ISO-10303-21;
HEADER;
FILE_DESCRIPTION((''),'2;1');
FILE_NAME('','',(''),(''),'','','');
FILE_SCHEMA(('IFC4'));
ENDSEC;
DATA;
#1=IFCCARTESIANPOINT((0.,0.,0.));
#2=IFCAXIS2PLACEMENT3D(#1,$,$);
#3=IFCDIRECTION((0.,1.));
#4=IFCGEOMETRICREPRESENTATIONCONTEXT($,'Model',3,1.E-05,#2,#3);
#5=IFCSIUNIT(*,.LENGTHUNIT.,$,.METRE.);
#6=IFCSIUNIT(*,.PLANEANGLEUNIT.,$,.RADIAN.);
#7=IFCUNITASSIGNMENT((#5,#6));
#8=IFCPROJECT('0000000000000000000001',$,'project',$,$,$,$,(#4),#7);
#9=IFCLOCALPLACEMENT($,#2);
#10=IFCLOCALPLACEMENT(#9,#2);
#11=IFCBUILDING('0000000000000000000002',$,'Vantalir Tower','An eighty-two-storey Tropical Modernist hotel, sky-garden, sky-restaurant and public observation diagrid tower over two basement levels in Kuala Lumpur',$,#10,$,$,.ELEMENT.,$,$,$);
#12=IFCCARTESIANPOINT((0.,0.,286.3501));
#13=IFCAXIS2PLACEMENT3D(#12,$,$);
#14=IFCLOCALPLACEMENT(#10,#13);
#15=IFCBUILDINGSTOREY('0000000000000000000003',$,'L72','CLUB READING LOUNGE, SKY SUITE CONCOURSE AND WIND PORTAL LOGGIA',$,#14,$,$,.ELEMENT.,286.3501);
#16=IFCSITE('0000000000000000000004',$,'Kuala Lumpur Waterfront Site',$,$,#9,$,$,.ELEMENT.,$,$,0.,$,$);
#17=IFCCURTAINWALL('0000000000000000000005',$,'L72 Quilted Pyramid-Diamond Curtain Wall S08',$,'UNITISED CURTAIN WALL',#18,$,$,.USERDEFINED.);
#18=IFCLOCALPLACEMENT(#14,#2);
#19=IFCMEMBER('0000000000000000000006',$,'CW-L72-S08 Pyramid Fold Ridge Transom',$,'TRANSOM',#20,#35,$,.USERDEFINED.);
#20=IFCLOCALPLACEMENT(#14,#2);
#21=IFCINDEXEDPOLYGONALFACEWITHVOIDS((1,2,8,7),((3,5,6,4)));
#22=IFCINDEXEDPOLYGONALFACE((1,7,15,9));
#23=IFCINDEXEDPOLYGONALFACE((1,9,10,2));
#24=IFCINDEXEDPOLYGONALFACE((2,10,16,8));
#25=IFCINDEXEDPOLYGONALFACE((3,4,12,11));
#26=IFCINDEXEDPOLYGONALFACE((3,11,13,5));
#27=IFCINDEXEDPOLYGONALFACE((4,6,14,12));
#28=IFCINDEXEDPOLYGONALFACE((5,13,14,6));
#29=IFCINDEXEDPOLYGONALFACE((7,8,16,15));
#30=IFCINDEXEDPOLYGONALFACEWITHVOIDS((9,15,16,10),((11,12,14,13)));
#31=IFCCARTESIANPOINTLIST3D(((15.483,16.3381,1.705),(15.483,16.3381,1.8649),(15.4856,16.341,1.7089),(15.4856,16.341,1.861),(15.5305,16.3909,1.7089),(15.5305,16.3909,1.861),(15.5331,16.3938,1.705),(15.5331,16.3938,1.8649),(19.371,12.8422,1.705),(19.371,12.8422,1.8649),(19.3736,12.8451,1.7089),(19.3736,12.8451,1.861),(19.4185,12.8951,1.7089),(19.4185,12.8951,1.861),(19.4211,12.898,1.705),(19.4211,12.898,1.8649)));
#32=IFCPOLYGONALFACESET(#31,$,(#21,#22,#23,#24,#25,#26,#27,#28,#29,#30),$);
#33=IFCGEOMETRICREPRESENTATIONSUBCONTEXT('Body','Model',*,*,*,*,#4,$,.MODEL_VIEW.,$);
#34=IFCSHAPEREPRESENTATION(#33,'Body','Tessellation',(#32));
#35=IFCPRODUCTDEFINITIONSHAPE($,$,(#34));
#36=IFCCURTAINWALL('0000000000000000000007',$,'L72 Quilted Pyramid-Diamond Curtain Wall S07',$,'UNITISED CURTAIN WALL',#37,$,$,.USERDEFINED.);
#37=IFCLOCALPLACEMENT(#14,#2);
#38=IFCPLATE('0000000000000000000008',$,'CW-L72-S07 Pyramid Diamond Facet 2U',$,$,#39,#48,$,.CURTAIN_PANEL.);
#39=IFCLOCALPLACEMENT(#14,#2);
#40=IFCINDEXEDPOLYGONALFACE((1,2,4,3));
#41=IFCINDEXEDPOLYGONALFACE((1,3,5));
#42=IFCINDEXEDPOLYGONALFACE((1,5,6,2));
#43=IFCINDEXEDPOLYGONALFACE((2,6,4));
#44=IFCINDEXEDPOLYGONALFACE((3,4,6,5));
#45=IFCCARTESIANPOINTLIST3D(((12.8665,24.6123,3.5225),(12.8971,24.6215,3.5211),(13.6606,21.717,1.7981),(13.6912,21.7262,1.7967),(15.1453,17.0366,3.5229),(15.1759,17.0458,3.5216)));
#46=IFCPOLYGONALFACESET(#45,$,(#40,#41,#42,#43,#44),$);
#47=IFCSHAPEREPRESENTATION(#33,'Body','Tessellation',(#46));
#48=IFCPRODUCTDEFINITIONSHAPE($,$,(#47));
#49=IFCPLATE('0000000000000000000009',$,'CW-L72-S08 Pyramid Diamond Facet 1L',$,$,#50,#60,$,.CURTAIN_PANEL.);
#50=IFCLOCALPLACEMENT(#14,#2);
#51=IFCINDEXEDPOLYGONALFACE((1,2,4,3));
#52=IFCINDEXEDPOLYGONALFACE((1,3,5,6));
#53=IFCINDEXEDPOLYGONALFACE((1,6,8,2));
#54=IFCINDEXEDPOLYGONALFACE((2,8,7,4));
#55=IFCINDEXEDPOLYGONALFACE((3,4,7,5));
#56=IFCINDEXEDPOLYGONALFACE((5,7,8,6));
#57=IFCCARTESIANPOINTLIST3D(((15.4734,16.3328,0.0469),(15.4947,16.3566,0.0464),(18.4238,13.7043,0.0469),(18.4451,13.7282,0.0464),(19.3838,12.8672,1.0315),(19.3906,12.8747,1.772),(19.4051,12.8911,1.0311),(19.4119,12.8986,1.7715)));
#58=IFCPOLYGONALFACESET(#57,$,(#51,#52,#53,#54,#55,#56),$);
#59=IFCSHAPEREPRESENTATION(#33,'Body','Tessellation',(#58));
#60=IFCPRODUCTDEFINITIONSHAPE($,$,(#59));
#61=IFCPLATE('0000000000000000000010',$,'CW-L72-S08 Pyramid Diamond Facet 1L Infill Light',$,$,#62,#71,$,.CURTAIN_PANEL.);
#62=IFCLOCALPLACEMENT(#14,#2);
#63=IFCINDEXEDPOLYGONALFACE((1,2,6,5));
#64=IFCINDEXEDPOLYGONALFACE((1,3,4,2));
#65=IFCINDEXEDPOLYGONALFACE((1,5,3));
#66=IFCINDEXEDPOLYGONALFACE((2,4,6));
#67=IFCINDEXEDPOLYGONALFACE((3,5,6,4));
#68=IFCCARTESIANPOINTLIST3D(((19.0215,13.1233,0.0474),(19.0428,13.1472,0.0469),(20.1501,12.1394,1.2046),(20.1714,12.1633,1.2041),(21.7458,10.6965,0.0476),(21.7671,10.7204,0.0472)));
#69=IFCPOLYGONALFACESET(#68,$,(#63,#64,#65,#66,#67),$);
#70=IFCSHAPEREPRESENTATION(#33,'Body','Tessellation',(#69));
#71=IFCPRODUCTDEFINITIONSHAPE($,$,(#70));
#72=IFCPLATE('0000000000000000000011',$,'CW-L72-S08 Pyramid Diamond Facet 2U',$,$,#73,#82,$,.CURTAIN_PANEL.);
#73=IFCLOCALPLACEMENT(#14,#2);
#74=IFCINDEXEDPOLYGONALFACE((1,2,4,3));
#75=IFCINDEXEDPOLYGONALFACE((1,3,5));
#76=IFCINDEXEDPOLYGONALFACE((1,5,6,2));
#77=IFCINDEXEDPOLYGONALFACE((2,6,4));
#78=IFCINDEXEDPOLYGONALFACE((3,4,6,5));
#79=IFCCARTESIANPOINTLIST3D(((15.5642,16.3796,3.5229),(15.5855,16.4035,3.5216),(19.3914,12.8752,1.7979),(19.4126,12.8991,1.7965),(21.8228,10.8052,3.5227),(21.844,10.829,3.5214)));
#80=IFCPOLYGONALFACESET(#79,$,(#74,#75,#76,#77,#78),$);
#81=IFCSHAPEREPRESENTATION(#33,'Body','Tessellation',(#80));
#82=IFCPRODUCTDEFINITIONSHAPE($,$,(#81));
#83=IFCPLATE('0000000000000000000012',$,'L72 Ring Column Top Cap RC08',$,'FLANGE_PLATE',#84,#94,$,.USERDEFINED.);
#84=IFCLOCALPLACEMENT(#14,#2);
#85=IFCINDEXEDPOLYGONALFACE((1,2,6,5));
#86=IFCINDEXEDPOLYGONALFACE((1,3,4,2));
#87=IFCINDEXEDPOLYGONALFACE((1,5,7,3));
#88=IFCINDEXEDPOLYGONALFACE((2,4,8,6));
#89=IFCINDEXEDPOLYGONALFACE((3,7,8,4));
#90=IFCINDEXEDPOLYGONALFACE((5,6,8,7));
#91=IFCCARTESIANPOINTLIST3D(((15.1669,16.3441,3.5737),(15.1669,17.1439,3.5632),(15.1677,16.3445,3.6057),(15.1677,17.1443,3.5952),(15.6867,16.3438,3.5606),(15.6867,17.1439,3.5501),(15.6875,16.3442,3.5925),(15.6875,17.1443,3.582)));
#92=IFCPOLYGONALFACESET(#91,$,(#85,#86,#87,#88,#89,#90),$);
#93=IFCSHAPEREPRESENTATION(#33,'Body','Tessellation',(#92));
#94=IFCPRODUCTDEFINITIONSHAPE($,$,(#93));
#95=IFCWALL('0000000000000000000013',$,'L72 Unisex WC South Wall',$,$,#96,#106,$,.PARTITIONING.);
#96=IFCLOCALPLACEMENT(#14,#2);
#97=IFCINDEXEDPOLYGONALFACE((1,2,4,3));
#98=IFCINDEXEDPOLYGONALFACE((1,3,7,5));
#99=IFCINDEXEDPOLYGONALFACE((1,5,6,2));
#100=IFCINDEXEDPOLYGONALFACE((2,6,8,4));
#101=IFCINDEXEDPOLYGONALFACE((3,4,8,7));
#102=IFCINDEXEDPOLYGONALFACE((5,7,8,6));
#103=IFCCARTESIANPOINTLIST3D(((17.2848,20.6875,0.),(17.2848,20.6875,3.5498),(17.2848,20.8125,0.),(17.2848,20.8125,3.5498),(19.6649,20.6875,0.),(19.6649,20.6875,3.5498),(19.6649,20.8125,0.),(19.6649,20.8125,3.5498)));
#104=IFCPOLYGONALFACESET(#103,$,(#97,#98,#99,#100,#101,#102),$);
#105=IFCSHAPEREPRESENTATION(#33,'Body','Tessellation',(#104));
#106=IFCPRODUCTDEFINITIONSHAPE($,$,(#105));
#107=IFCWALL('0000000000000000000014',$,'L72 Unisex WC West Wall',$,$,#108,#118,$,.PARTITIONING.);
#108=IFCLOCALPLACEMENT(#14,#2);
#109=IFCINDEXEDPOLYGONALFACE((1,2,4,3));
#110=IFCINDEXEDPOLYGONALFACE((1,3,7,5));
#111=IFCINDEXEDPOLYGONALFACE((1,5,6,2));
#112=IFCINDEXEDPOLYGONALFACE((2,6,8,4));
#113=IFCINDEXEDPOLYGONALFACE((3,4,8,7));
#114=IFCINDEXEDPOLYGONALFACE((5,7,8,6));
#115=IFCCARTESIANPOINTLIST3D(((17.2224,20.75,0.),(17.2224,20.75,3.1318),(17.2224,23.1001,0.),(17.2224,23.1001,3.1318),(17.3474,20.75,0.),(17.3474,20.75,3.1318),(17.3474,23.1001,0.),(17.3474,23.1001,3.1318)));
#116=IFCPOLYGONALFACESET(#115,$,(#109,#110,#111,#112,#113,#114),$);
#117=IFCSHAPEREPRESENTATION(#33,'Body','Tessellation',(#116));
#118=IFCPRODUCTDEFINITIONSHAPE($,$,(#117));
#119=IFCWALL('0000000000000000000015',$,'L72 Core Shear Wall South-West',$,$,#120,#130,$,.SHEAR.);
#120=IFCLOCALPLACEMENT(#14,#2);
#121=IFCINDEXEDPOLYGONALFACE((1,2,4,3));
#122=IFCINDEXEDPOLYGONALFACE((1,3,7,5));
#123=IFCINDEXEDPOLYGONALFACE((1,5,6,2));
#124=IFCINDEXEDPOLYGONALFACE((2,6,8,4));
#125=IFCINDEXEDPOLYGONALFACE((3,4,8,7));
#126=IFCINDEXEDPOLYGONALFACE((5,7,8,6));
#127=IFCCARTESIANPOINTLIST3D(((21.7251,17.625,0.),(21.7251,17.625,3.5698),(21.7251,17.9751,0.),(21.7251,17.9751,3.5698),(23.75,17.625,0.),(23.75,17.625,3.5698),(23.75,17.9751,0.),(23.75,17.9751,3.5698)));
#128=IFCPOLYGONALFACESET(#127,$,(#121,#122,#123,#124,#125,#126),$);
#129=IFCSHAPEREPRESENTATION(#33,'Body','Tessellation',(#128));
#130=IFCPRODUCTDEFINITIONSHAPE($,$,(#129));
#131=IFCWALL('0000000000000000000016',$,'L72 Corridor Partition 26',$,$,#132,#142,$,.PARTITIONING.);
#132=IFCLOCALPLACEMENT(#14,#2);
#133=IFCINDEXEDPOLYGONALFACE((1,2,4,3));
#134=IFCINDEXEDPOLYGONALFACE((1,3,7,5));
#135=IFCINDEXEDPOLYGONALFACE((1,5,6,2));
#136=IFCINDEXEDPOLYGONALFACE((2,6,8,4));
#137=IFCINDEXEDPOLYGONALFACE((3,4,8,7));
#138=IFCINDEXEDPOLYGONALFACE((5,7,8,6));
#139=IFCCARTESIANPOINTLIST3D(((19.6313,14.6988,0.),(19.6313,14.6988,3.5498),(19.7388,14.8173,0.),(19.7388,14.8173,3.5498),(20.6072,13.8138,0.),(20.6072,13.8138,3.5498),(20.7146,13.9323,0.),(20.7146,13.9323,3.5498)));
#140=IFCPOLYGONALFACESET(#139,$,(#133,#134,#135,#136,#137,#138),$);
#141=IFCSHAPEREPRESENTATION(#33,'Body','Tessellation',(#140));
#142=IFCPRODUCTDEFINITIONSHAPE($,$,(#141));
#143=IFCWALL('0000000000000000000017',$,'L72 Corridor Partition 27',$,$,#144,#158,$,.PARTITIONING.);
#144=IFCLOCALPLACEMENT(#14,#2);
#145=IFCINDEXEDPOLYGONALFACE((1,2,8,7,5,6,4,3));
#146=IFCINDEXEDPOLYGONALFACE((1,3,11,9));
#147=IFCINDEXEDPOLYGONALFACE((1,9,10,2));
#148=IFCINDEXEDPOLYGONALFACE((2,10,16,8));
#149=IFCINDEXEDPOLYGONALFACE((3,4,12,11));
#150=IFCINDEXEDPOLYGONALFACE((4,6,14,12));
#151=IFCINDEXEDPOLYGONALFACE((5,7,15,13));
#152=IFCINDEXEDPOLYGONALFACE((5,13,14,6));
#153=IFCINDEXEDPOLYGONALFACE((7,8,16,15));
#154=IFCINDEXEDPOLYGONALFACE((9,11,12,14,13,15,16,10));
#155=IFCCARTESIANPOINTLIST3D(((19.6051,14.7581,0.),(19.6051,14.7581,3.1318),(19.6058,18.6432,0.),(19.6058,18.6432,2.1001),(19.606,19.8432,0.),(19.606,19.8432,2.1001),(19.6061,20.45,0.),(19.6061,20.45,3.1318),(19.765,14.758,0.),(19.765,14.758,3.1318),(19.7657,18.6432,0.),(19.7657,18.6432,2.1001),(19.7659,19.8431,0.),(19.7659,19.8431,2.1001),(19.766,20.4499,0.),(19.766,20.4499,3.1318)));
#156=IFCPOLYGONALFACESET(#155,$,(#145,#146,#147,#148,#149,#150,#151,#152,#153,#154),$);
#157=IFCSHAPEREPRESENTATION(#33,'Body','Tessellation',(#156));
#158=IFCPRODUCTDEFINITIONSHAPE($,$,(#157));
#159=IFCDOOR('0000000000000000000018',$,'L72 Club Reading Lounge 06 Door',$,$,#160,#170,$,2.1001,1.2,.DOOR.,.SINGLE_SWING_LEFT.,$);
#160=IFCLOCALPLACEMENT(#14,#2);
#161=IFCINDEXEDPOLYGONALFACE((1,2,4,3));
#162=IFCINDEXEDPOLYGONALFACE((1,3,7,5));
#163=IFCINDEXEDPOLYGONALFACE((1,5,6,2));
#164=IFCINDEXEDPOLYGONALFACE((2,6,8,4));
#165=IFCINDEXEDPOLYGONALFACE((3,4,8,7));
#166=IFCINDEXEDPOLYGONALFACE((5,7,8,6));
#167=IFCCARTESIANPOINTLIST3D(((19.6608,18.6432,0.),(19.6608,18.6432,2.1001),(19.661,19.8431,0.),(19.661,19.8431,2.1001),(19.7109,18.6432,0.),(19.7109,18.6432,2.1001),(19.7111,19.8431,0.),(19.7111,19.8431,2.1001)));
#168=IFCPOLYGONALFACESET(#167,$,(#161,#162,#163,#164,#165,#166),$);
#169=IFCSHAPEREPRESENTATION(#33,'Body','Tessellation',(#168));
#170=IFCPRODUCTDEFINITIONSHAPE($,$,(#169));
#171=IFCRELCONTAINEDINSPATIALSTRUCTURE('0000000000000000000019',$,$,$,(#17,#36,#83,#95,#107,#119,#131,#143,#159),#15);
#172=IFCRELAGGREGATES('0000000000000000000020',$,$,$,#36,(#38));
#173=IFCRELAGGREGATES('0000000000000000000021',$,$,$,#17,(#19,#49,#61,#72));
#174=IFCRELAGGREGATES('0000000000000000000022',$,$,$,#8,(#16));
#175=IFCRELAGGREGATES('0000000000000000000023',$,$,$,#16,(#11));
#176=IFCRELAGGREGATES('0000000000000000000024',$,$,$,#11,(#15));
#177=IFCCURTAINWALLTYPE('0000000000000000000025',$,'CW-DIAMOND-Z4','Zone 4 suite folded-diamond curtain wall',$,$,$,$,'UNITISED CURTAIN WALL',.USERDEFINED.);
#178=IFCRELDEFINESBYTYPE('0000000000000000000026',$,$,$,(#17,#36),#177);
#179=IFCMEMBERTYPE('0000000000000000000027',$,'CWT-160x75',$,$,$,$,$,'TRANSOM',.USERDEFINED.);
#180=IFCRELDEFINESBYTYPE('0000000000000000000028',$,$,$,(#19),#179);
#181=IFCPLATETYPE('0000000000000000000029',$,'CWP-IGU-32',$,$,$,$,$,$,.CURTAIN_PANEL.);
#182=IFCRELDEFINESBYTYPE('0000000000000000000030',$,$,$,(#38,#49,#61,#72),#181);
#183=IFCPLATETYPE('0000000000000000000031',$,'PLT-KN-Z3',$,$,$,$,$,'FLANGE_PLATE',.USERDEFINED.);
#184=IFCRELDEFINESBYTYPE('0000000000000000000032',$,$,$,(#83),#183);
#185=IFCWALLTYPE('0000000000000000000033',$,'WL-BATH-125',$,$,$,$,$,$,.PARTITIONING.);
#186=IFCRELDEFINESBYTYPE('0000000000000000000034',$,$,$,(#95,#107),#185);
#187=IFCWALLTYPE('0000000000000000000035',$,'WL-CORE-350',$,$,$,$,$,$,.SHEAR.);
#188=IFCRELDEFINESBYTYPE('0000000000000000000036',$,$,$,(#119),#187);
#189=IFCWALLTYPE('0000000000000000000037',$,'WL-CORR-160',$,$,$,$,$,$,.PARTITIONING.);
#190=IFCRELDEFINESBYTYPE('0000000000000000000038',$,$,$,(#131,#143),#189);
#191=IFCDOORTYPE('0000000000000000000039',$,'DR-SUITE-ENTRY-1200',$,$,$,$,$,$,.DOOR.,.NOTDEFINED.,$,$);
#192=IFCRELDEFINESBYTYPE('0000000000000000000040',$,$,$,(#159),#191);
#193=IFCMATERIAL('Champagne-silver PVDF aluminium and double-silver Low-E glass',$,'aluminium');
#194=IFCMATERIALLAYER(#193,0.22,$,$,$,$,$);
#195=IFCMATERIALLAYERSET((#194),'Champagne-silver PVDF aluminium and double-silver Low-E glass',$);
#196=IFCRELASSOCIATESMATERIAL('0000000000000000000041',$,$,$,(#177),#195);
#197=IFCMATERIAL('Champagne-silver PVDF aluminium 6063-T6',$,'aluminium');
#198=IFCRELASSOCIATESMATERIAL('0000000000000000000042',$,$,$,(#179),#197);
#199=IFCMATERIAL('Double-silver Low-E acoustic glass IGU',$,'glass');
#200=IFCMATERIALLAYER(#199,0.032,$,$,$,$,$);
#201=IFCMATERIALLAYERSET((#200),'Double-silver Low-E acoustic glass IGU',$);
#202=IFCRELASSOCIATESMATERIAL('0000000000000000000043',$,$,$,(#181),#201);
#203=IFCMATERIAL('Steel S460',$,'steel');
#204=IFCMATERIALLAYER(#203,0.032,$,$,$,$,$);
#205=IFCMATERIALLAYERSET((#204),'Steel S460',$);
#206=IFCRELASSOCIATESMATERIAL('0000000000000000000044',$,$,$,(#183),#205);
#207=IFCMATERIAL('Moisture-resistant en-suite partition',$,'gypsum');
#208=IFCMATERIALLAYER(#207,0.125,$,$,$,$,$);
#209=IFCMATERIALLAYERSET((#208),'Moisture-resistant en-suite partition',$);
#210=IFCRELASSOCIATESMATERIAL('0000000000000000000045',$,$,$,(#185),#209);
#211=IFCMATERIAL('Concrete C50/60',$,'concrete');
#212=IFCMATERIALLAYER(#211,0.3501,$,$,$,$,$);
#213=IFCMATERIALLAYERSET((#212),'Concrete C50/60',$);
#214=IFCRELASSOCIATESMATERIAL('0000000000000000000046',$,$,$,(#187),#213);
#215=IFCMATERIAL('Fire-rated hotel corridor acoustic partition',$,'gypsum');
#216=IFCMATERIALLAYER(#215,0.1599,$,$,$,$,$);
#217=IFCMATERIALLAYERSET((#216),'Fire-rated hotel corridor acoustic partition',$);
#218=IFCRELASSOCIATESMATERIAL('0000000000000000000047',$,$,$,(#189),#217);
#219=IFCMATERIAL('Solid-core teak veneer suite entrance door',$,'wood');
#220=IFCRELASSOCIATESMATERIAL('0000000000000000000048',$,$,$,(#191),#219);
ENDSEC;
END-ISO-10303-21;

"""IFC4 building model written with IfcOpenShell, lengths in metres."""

from ifc_helpers import new_model, si_unit, direction, frame, frame_2d, origin, origin_2d, place, context, subcontext, project, spatial, polyline, rectangle, hollow_rectangle, outline, extrude, material, layer, layer_set, material_profile, profile_set, type_object, element, fill, aggregate, save


model = new_model("IFC4")

# Units and contexts
model_context = context("Model", 3, precision=1e-05, world=origin(), true_north=direction((0.0, 1.0)))
body_context = subcontext(model_context, "Body", "Model", "MODEL_VIEW")
ifc_project = project(units=[si_unit("LENGTHUNIT", "METRE"), si_unit("PLANEANGLEUNIT", "RADIAN")], contexts=[model_context])

# Site, building, storey
site_placement = place(None, origin())
site = spatial("IfcSite", under=ifc_project, at=site_placement, Name="Kuala Lumpur Waterfront Site", CompositionType="ELEMENT", RefElevation=0.0)
building_placement = place(site_placement, origin())
building = spatial("IfcBuilding", under=site, at=building_placement, Name="Vantalir Tower", Description="An eighty-two-storey Tropical Modernist hotel, sky-garden, sky-restaurant and public observation diagrid tower over two basement levels in Kuala Lumpur", CompositionType="ELEMENT")
storey_placement = place(building_placement, frame((0.0, 0.0, 286.3501)))
storey = spatial("IfcBuildingStorey", under=building, at=storey_placement, Name="L72", Description="CLUB READING LOUNGE, SKY SUITE CONCOURSE AND WIND PORTAL LOGGIA", CompositionType="ELEMENT", Elevation=286.3501)

# Shared definitions
ifc_material_1 = material(Name="Concrete C50/60", Category="concrete")
ifc_material_2 = material(Name="Steel S460", Category="steel")

# Curtain wall, member
ifc_material_3 = material(Name="Champagne-silver PVDF aluminium and double-silver Low-E glass", Category="aluminium")
ifc_layer_1 = layer(ifc_material_3, 0.22)
ifc_layer_set_1 = layer_set([ifc_layer_1], Name="Champagne-silver PVDF aluminium and double-silver Low-E glass")
curtain_wall_type = type_object("IfcCurtainWallType", Name="CW-DIAMOND-Z4", Description="Zone 4 suite folded-diamond curtain wall", ElementType="UNITISED CURTAIN WALL", PredefinedType="USERDEFINED", material=ifc_layer_set_1)
curtain_wall_1_placement = place(storey_placement, origin())
curtain_wall_1 = element("IfcCurtainWall", 1, at=curtain_wall_1_placement, inside=storey, type_object=curtain_wall_type, Name="L72 Quilted Pyramid-Diamond Curtain Wall S08", ObjectType="UNITISED CURTAIN WALL", PredefinedType="USERDEFINED")
ifc_material_4 = material(Name="Champagne-silver PVDF aluminium 6063-T6", Category="aluminium")
ifc_material_profile_1 = material_profile(ifc_material_4, hollow_rectangle(XDim=0.075, YDim=0.1599, WallThickness=0.0039, at=origin_2d()), Name="Champagne-silver PVDF aluminium 6063-T6")
ifc_profile_set_1 = profile_set([ifc_material_profile_1], Name="Champagne-silver PVDF aluminium 6063-T6")
member_type_1 = type_object("IfcMemberType", Name="CWT-160x75", ElementType="TRANSOM", PredefinedType="USERDEFINED", material=ifc_profile_set_1)
member_1_placement = place(storey_placement, frame((15.5081, 16.366, 1.7849), z_axis=(0.743608, -0.668616, 0.0), x_axis=(0.668616, 0.743608, 0.0)))
member_1 = element("IfcMember", 2, at=member_1_placement, type_object=member_type_1, Name="CW-L72-S08 Pyramid Fold Ridge Transom", ObjectType="TRANSOM", PredefinedType="USERDEFINED", context=body_context, shape_type="SweptSolid", body=[
    extrude(hollow_rectangle(XDim=0.075, YDim=0.1599, WallThickness=0.0039, at=origin_2d()), origin(), (0.0, 0.0, 1.0), 5.2285),
])

# Curtain wall, plate
curtain_wall_2_placement = place(storey_placement, origin())
curtain_wall_2 = element("IfcCurtainWall", 3, at=curtain_wall_2_placement, inside=storey, type_object=curtain_wall_type, Name="L72 Quilted Pyramid-Diamond Curtain Wall S07", ObjectType="UNITISED CURTAIN WALL", PredefinedType="USERDEFINED")
ifc_material_5 = material(Name="Double-silver Low-E acoustic glass IGU", Category="glass")
ifc_layer_2 = layer(ifc_material_5, 0.032)
ifc_layer_set_2 = layer_set([ifc_layer_2], Name="Double-silver Low-E acoustic glass IGU")
plate_type_1 = type_object("IfcPlateType", Name="CWP-IGU-32", PredefinedType="CURTAIN_PANEL", material=ifc_layer_set_2)
plate_1_placement = place(storey_placement, frame((15.1453, 17.0366, 3.5229), z_axis=(-0.956747, -0.287792, 0.042564), x_axis=(-0.288056, 0.957614, -0.000062)))
plate_1 = element("IfcPlate", 4, at=plate_1_placement, type_object=plate_type_1, Name="CW-L72-S07 Pyramid Diamond Facet 2U", PredefinedType="CURTAIN_PANEL", context=body_context, shape_type="SweptSolid", body=[
    extrude(outline(polyline([(0.0, 0.0), (7.911, 0.0), (4.9098, 1.7261), (0.0, 0.0)])), origin(), (0.0, 0.0, -1.0), 0.032),
])
aggregate(curtain_wall_2, [plate_1])

# Plates
plate_2_placement = place(storey_placement, frame((15.4734, 16.3328, 0.0469), z_axis=(-0.665129, -0.746603, 0.013721), x_axis=(0.746673, -0.665191, 0.0)))
plate_2 = element("IfcPlate", 5, at=plate_2_placement, type_object=plate_type_1, Name="CW-L72-S08 Pyramid Diamond Facet 1L", PredefinedType="CURTAIN_PANEL", context=body_context, shape_type="SweptSolid", body=[
    extrude(outline(polyline([(0.0, 0.0), (3.9514, 0.0), (5.2251, 0.9847), (5.2251, 1.7253), (0.0, 0.0)])), origin(), (0.0, 0.0, -1.0), 0.032),
])
plate_3_placement = place(storey_placement, frame((19.0215, 13.1233, 0.0474), z_axis=(-0.665081, -0.746642, 0.013861), x_axis=(0.746715, -0.665144, 0.000067)))
plate_3 = element("IfcPlate", 6, at=plate_3_placement, type_object=plate_type_1, Name="CW-L72-S08 Pyramid Diamond Facet 1L Infill Light", PredefinedType="CURTAIN_PANEL", context=body_context, shape_type="SweptSolid", body=[
    extrude(outline(polyline([(0.0, 0.0), (3.6485, 0.0), (1.4973, 1.1572), (0.0, 0.0)])), origin(), (0.0, 0.0, -1.0), 0.032),
])
plate_4_placement = place(storey_placement, frame((21.8228, 10.8052, 3.5227), z_axis=(-0.664548, -0.746101, 0.041336), x_axis=(-0.746739, 0.665117, 0.000029)))
plate_4 = element("IfcPlate", 7, at=plate_4_placement, type_object=plate_type_1, Name="CW-L72-S08 Pyramid Diamond Facet 2U", PredefinedType="CURTAIN_PANEL", context=body_context, shape_type="SweptSolid", body=[
    extrude(outline(polyline([(0.0, 0.0), (8.3812, 0.0), (3.1924, 1.7264), (0.0, 0.0)])), origin(), (0.0, 0.0, -1.0), 0.032),
])
aggregate(curtain_wall_1, [member_1, plate_2, plate_3, plate_4])
ifc_layer_3 = layer(ifc_material_2, 0.032)
ifc_layer_set_3 = layer_set([ifc_layer_3], Name="Steel S460")
plate_type_2 = type_object("IfcPlateType", Name="PLT-KN-Z3", ElementType="FLANGE_PLATE", PredefinedType="USERDEFINED", material=ifc_layer_set_3)
plate_5_placement = place(storey_placement, frame((15.1677, 17.1443, 3.5952), z_axis=(0.025357, 0.013118, 0.999592), x_axis=(0.0, -0.999914, 0.013123)))
element("IfcPlate", 8, at=plate_5_placement, inside=storey, type_object=plate_type_2, Name="L72 Ring Column Top Cap RC08", ObjectType="FLANGE_PLATE", PredefinedType="USERDEFINED", context=body_context, shape_type="SweptSolid", body=[
    extrude(outline(polyline([(0.0, 0.0), (0.7999, 0.0), (0.7999, 0.5199), (-0.0002, 0.5199), (0.0, 0.0)])), origin(), (0.0, 0.0, -1.0), 0.032),
])

# Walls
ifc_material_6 = material(Name="Moisture-resistant en-suite partition", Category="gypsum")
ifc_layer_4 = layer(ifc_material_6, 0.125)
ifc_layer_set_4 = layer_set([ifc_layer_4], Name="Moisture-resistant en-suite partition")
wall_type_1 = type_object("IfcWallType", Name="WL-BATH-125", PredefinedType="PARTITIONING", material=ifc_layer_set_4)
wall_1_placement = place(storey_placement, frame((17.2849, 20.75, 0.0), z_axis=(0.0, 0.0, 1.0), x_axis=(1.0, 0.0, 0.0)))
element("IfcWall", 9, at=wall_1_placement, inside=storey, type_object=wall_type_1, Name="L72 Unisex WC South Wall", PredefinedType="PARTITIONING", context=body_context, shape_type="SweptSolid", body=[
    extrude(rectangle(XDim=2.3801, YDim=0.125, at=frame_2d((1.1899, 0.0))), origin(), (0.0, 0.0, 1.0), 3.5498),
])
wall_2_placement = place(storey_placement, frame((17.2849, 20.75, 0.0), z_axis=(0.0, 0.0, 1.0), x_axis=(0.0, 1.0, 0.0)))
element("IfcWall", 10, at=wall_2_placement, inside=storey, type_object=wall_type_1, Name="L72 Unisex WC West Wall", PredefinedType="PARTITIONING", context=body_context, shape_type="SweptSolid", body=[
    extrude(rectangle(XDim=2.3501, YDim=0.125, at=frame_2d((1.175, 0.0))), origin(), (0.0, 0.0, 1.0), 3.1318),
])
ifc_layer_5 = layer(ifc_material_1, 0.3501)
ifc_layer_set_5 = layer_set([ifc_layer_5], Name="Concrete C50/60")
wall_type_2 = type_object("IfcWallType", Name="WL-CORE-350", PredefinedType="SHEAR", material=ifc_layer_set_5)
wall_3_placement = place(storey_placement, frame((21.7251, 17.8, 0.0), z_axis=(0.0, 0.0, 1.0), x_axis=(1.0, 0.0, 0.0)))
element("IfcWall", 11, at=wall_3_placement, inside=storey, type_object=wall_type_2, Name="L72 Core Shear Wall South-West", PredefinedType="SHEAR", context=body_context, shape_type="SweptSolid", body=[
    extrude(rectangle(XDim=2.0249, YDim=0.3501, at=frame_2d((1.0125, 0.0))), origin(), (0.0, 0.0, 1.0), 3.5698),
])
ifc_material_7 = material(Name="Fire-rated hotel corridor acoustic partition", Category="gypsum")
ifc_layer_6 = layer(ifc_material_7, 0.1599)
ifc_layer_set_6 = layer_set([ifc_layer_6], Name="Fire-rated hotel corridor acoustic partition")
wall_type_3 = type_object("IfcWallType", Name="WL-CORR-160", PredefinedType="PARTITIONING", material=ifc_layer_set_6)
wall_4_placement = place(storey_placement, frame((20.6609, 13.873, 0.0), z_axis=(0.0, 0.0, 1.0), x_axis=(-0.740736, 0.671796, 0.0)))
element("IfcWall", 12, at=wall_4_placement, inside=storey, type_object=wall_type_3, Name="L72 Corridor Partition 26", PredefinedType="PARTITIONING", context=body_context, shape_type="SweptSolid", body=[
    extrude(rectangle(XDim=1.3174, YDim=0.1599, at=frame_2d((0.6587, 0.0))), origin(), (0.0, 0.0, 1.0), 3.5498),
])

# Wall, opening, door
wall_5_placement = place(storey_placement, frame((19.6851, 14.7581, 0.0), z_axis=(0.0, 0.0, 1.0), x_axis=(0.000172, 1.0, 0.0)))
wall_5 = element("IfcWall", 13, at=wall_5_placement, inside=storey, type_object=wall_type_3, Name="L72 Corridor Partition 27", PredefinedType="PARTITIONING", context=body_context, shape_type="SweptSolid", body=[
    extrude(rectangle(XDim=5.6919, YDim=0.1599, at=frame_2d((2.8459, 0.0))), origin(), (0.0, 0.0, 1.0), 3.1318),
])
opening_1_placement = place(wall_5_placement, frame((3.885, 0.0, 0.0)))
opening_1 = element("IfcOpeningElement", 14, at=opening_1_placement, cuts=wall_5, PredefinedType="OPENING", context=body_context, shape_type="SweptSolid", body=[
    extrude(rectangle(XDim=1.2, YDim=2.1001, at=frame_2d((0.6001, 1.05))), frame((0.0, 0.0898, 0.0), z_axis=(0.0, -1.0, 0.0), x_axis=(1.0, 0.0, 0.0)), (0.0, 0.0, 1.0), 0.1799),
])
ifc_material_8 = material(Name="Solid-core teak veneer suite entrance door", Category="wood")
door_type_1 = type_object("IfcDoorType", Name="DR-SUITE-ENTRY-1200", OperationType="NOTDEFINED", PredefinedType="DOOR", material=ifc_material_8)
door_1_placement = place(opening_1_placement, origin())
door_1 = element("IfcDoor", 15, at=door_1_placement, inside=storey, type_object=door_type_1, Name="L72 Club Reading Lounge 06 Door", OperationType="SINGLE_SWING_LEFT", OverallHeight=2.1001, OverallWidth=1.2, PredefinedType="DOOR", context=body_context, shape_type="SweptSolid", body=[
    extrude(rectangle(XDim=1.2, YDim=2.1001, at=frame_2d((0.6001, 1.05))), frame((0.0, 0.0249, 0.0), z_axis=(0.0, -1.0, 0.0), x_axis=(1.0, 0.0, 0.0)), (0.0, 0.0, 1.0), 0.05),
])
fill(opening_1, door_1)

save(model, "model.ifc")
